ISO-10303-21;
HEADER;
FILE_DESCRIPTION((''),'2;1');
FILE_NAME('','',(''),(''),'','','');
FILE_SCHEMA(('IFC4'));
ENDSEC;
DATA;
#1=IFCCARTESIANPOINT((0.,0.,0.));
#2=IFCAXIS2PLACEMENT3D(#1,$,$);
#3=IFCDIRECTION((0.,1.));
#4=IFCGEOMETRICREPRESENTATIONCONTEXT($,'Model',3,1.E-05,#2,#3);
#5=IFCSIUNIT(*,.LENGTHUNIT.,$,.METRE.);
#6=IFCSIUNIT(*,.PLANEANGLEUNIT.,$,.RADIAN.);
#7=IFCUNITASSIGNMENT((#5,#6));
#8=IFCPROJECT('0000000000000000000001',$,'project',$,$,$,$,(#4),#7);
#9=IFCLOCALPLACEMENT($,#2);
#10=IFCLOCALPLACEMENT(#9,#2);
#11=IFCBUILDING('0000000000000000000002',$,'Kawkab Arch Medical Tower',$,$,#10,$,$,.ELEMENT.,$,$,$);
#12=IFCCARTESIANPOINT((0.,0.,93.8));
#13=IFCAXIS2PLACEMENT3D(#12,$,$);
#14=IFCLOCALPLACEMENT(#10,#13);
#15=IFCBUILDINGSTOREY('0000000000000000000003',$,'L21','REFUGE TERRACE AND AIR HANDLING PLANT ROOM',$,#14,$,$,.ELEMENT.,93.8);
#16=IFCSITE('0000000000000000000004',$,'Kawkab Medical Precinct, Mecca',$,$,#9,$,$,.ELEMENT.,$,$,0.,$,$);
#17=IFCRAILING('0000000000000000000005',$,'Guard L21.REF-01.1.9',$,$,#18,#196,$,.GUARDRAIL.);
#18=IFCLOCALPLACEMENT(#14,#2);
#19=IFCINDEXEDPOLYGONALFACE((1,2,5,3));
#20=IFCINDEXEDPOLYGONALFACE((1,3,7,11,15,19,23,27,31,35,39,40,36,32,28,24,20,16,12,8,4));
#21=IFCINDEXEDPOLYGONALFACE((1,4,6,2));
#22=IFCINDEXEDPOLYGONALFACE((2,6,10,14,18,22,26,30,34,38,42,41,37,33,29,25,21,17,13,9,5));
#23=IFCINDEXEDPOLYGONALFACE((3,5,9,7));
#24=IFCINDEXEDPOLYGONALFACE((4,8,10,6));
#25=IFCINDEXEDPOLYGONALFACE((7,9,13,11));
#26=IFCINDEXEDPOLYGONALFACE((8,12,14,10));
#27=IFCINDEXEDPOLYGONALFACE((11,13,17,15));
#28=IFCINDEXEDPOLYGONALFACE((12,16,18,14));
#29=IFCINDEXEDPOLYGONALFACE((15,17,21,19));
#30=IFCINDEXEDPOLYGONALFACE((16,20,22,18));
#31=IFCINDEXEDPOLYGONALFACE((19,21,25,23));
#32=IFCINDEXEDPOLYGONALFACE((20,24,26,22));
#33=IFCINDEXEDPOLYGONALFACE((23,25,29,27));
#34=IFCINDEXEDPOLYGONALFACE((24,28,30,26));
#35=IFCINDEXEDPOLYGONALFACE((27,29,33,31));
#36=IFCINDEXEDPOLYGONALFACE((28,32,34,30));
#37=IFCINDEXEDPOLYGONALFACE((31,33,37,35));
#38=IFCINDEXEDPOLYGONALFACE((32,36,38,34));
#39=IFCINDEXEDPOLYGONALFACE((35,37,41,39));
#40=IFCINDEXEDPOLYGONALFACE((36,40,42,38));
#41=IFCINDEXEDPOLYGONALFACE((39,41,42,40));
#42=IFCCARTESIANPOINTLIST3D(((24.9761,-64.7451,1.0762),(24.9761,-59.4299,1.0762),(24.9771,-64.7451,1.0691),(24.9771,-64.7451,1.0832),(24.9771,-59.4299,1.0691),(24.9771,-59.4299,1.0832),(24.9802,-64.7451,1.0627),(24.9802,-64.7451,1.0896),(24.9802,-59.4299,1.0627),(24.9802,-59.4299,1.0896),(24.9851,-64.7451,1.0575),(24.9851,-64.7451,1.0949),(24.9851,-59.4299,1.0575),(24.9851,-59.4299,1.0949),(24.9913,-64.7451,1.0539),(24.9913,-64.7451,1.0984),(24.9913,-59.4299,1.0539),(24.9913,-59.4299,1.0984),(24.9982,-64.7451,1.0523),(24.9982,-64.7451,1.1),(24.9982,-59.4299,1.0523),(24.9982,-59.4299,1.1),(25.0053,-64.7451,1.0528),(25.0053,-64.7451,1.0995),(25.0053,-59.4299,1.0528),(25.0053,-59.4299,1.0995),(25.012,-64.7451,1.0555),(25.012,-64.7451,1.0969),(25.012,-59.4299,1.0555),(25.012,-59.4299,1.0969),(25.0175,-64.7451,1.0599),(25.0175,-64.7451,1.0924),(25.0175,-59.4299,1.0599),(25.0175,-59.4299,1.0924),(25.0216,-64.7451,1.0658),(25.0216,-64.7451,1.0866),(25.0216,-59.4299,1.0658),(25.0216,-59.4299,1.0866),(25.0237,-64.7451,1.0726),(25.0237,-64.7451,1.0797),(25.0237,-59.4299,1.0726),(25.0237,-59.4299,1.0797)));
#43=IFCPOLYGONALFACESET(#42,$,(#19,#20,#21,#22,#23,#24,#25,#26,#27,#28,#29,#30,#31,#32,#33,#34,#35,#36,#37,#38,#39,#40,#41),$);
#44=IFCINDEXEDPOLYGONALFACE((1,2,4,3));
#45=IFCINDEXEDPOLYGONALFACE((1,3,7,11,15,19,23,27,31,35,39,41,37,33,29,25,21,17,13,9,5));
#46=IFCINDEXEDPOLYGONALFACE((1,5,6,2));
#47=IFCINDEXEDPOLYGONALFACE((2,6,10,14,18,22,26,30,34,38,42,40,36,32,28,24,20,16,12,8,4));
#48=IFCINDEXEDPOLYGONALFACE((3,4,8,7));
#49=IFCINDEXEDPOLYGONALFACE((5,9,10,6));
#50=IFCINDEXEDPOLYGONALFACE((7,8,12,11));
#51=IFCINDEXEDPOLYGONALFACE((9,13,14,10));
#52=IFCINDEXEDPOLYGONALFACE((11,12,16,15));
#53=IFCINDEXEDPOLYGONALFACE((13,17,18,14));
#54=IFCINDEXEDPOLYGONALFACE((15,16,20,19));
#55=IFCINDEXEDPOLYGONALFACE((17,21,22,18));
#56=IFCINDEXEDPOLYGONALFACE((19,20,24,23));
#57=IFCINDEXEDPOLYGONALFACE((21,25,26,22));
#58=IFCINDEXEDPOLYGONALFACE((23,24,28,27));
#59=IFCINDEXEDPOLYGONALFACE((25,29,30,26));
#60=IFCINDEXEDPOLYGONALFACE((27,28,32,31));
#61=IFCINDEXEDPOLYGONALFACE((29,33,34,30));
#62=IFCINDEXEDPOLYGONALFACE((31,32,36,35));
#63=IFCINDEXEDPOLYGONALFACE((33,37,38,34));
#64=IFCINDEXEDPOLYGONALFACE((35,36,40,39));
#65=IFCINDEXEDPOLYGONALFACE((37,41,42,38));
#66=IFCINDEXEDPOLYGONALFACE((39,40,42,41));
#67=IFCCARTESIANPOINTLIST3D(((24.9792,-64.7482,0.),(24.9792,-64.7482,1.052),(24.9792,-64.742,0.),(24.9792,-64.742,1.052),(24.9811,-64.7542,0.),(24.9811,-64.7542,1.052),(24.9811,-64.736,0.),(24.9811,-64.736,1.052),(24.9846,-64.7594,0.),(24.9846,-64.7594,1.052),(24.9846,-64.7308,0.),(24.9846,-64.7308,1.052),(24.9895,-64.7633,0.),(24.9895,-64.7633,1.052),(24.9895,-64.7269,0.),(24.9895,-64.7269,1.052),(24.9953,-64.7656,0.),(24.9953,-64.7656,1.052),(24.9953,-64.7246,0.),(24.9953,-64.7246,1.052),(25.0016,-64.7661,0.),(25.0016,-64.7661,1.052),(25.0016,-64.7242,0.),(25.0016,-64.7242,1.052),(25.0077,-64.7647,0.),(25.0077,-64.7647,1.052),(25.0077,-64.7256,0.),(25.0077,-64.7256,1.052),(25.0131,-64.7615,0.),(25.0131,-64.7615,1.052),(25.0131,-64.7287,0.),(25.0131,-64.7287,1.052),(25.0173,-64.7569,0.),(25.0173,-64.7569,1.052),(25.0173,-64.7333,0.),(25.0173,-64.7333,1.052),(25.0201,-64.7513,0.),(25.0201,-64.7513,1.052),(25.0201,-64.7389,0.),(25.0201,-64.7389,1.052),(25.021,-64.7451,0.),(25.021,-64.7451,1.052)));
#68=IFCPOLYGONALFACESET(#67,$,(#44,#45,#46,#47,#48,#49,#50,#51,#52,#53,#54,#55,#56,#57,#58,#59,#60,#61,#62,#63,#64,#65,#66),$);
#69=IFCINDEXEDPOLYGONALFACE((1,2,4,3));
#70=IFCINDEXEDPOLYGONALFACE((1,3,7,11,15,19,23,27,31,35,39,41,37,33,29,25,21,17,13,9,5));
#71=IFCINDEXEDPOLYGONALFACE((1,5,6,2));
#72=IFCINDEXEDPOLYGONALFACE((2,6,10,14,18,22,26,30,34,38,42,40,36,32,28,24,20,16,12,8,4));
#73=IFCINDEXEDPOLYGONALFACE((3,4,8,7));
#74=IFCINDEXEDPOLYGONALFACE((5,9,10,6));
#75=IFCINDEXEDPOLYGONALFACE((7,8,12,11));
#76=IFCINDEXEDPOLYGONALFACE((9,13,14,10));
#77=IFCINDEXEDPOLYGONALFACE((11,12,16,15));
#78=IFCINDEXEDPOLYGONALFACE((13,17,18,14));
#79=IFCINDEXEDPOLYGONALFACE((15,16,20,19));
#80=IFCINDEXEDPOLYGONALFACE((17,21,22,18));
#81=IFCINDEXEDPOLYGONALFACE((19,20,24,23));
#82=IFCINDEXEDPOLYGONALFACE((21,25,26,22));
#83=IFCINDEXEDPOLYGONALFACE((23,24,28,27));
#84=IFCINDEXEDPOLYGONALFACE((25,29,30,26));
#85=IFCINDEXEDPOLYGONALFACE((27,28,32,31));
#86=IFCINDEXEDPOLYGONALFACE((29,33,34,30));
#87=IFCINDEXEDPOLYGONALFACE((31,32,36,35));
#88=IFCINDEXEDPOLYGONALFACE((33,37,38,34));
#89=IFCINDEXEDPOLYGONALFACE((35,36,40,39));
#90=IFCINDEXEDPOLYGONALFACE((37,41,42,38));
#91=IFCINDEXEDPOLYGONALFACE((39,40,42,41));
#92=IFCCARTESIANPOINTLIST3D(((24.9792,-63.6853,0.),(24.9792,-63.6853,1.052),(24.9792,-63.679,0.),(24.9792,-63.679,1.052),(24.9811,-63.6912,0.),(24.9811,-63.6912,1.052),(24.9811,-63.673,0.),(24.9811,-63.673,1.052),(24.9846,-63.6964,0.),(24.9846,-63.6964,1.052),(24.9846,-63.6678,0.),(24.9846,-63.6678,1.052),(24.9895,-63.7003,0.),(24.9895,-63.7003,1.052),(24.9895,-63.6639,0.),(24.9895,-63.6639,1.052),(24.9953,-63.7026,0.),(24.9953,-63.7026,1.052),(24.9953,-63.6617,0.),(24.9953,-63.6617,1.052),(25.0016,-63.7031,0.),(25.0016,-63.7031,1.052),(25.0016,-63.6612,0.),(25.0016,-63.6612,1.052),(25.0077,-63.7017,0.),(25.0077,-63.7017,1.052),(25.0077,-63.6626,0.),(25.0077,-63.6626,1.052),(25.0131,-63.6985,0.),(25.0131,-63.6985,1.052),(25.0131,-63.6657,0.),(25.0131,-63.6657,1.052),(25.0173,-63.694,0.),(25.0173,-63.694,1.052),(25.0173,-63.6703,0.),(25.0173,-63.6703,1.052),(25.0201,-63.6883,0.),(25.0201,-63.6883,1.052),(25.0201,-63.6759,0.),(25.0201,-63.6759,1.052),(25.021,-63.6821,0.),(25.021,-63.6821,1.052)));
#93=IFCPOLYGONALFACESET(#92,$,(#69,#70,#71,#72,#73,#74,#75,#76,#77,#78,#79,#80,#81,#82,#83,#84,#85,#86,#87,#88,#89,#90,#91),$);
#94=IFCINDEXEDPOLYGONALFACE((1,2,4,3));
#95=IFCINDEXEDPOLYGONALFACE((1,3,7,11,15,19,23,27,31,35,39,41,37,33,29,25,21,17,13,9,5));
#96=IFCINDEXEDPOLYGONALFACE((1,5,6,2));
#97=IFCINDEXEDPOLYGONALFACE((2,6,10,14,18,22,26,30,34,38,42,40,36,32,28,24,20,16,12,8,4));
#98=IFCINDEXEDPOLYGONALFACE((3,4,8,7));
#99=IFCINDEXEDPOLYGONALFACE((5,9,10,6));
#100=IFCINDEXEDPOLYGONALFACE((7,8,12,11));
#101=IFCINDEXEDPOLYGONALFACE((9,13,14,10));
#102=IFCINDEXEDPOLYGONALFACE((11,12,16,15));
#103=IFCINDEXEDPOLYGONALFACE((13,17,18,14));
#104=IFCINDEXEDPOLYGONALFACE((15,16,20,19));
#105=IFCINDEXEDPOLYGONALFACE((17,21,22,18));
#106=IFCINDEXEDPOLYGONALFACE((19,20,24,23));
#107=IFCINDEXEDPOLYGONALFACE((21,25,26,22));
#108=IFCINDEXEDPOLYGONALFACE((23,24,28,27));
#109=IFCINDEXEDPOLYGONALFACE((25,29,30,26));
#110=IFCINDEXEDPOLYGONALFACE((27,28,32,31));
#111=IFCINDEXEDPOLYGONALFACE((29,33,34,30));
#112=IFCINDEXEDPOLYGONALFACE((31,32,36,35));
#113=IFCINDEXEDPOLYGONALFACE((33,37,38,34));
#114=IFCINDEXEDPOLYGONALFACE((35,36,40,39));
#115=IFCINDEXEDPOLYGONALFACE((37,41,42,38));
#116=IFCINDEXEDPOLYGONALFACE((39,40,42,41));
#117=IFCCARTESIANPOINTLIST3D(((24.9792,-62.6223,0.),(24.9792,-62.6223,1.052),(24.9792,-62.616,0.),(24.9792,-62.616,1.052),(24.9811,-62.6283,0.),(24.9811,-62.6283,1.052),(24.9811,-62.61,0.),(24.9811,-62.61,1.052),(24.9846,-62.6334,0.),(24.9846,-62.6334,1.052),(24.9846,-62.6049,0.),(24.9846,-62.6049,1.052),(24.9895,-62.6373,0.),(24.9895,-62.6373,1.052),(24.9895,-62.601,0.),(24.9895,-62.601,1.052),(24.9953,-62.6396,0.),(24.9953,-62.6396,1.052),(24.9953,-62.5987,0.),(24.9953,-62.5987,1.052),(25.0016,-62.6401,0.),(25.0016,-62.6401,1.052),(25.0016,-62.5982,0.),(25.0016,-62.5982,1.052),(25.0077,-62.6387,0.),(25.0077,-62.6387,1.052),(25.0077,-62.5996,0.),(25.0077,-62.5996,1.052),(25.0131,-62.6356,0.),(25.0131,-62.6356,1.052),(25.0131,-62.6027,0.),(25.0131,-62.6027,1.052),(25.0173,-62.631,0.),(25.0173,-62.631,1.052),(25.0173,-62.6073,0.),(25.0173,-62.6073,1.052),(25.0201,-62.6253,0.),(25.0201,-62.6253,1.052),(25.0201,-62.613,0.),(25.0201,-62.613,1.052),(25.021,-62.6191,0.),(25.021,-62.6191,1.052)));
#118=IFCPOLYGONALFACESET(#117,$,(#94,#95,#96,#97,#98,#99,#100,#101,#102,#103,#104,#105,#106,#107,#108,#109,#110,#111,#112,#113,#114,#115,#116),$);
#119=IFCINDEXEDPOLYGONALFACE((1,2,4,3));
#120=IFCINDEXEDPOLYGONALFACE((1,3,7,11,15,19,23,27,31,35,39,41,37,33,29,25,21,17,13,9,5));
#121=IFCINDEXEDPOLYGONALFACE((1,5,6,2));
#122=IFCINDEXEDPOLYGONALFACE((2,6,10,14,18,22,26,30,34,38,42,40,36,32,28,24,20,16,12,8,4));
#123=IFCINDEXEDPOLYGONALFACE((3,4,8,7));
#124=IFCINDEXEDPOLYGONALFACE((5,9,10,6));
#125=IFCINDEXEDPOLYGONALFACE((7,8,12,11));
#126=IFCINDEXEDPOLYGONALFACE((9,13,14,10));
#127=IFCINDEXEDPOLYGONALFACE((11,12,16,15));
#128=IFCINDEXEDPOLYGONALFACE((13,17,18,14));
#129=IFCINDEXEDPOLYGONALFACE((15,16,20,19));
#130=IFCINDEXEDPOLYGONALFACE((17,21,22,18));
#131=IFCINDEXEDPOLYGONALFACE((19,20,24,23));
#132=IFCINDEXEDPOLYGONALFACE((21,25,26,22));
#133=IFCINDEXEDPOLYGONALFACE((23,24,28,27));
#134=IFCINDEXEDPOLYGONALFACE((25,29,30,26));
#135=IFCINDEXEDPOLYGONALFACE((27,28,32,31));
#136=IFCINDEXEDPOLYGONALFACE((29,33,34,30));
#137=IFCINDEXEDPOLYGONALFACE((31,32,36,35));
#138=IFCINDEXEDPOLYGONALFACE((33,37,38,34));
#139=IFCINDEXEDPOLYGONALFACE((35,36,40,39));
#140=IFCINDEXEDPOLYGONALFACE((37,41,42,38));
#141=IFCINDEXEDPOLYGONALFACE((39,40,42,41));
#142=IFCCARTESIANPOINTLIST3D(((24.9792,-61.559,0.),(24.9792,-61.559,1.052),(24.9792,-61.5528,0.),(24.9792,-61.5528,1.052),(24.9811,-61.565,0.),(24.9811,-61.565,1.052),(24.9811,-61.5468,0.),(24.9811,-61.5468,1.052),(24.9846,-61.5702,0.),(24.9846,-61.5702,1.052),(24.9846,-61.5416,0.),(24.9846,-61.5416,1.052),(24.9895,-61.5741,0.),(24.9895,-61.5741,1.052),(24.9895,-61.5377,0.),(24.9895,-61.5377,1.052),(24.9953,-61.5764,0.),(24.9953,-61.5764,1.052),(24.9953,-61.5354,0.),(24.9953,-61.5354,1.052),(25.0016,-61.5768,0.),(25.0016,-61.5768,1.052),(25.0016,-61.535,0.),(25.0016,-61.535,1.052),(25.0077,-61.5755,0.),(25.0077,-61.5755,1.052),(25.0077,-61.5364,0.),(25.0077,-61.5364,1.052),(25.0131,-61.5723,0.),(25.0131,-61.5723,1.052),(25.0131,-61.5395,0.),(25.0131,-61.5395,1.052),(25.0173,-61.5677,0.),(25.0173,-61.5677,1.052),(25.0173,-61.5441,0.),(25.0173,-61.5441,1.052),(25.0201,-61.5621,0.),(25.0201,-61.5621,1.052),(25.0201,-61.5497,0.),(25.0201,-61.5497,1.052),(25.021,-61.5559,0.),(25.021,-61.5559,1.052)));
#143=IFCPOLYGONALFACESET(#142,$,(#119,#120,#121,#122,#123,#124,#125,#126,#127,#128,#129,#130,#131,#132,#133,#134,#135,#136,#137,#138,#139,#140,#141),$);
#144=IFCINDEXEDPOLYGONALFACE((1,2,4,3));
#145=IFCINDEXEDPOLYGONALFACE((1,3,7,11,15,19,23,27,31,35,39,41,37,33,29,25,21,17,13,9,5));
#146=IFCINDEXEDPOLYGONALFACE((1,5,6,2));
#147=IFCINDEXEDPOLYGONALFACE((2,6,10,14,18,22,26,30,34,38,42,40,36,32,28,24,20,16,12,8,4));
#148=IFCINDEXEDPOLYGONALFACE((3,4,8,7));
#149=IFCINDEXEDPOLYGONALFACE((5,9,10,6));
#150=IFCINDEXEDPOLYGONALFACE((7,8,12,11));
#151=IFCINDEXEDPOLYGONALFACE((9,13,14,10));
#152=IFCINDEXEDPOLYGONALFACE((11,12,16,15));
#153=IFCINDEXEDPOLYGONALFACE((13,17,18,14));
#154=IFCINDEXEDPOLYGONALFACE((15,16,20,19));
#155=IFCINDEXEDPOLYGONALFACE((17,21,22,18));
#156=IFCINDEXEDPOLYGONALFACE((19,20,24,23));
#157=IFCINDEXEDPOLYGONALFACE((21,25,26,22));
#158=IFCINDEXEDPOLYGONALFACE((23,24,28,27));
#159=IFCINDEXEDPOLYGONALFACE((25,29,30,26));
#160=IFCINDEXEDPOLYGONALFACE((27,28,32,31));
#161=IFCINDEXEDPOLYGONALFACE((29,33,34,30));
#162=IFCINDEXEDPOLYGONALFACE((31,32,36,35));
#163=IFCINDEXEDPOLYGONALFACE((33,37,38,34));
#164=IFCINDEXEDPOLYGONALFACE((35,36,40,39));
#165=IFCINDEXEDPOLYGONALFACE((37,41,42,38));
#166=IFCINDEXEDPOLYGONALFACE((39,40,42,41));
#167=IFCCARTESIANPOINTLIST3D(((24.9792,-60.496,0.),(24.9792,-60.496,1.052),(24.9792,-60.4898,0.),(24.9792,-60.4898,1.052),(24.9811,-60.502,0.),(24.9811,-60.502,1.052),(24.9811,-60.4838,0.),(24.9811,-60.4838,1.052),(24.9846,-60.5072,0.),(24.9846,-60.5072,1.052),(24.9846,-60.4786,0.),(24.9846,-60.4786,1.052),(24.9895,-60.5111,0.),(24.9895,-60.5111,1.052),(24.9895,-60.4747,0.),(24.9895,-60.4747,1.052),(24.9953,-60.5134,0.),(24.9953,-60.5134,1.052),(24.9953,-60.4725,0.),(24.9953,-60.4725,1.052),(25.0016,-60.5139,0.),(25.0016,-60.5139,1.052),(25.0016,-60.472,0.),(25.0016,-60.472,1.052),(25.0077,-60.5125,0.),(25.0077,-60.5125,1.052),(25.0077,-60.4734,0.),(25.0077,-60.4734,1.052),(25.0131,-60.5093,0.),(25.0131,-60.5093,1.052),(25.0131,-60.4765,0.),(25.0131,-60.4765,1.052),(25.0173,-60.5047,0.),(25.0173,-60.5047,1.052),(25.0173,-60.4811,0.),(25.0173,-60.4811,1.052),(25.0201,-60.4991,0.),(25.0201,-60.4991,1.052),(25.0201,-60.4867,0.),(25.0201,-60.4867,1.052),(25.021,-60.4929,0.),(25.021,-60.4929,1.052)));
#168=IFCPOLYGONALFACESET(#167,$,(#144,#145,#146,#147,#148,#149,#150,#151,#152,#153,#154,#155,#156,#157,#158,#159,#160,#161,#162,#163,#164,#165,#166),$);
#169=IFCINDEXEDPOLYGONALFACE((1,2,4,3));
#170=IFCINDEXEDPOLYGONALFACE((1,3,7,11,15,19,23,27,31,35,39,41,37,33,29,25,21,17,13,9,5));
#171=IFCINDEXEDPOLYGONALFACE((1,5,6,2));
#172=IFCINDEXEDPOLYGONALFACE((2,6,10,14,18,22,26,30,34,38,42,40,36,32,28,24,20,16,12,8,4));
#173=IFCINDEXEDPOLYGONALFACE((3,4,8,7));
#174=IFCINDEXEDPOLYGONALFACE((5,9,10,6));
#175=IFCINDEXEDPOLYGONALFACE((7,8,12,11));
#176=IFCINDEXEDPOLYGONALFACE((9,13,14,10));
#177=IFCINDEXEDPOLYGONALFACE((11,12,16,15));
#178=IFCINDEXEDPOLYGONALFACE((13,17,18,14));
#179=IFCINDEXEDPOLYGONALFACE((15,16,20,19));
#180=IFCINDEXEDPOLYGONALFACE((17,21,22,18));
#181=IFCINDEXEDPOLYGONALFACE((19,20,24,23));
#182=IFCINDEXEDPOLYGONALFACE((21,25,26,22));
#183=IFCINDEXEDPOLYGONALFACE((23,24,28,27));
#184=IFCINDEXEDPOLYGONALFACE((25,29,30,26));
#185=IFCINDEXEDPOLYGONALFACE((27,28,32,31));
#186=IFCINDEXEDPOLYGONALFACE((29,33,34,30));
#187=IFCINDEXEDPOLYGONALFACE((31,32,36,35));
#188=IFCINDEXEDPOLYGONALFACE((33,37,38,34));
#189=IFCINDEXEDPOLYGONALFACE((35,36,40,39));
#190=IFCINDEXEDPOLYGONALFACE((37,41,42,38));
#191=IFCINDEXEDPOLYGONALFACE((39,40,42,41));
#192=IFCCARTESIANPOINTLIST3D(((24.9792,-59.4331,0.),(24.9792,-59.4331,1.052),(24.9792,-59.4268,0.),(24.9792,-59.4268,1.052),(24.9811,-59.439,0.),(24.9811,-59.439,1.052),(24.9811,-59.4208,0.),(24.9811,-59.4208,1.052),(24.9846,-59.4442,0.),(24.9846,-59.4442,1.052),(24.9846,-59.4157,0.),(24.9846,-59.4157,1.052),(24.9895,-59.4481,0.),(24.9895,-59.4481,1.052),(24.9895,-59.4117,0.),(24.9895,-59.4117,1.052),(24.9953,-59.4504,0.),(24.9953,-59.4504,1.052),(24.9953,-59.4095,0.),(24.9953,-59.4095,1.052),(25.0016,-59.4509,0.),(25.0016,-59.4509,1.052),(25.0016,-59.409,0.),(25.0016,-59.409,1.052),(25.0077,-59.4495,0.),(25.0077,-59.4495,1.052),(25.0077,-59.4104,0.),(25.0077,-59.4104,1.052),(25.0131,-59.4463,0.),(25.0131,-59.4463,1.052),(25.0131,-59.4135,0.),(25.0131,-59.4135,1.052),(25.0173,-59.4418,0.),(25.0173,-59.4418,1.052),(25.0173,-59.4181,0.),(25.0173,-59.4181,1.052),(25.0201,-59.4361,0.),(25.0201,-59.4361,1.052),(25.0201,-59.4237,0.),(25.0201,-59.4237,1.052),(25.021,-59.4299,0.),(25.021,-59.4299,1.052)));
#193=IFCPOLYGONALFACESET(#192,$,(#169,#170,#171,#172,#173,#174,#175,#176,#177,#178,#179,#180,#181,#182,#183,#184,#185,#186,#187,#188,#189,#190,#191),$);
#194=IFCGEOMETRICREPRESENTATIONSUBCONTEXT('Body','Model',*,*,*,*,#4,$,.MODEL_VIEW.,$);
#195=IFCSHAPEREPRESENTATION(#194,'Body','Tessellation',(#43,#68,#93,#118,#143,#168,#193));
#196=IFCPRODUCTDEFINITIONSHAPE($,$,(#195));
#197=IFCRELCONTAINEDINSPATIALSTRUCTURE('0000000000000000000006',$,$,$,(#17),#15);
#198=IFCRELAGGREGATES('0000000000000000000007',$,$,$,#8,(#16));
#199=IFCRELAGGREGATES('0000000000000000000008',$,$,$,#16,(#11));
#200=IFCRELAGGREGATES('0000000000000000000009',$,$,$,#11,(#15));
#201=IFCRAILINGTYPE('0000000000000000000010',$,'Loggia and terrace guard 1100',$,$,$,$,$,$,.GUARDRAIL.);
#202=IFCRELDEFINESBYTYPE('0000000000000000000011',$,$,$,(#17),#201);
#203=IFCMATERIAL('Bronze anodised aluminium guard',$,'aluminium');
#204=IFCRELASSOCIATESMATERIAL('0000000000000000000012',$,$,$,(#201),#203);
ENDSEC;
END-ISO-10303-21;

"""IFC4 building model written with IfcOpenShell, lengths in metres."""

from ifc_helpers import new_model, si_unit, direction, frame, origin, origin_2d, place, context, subcontext, project, spatial, circle, extrude, material, type_object, element, save


model = new_model("IFC4")

# Units and contexts
model_context = context("Model", 3, precision=1e-05, world=origin(), true_north=direction((0.0, 1.0)))
body_context = subcontext(model_context, "Body", "Model", "MODEL_VIEW")
ifc_project = project(units=[si_unit("LENGTHUNIT", "METRE"), si_unit("PLANEANGLEUNIT", "RADIAN")], contexts=[model_context])

# Site, building, storey
site_placement = place(None, origin())
site = spatial("IfcSite", under=ifc_project, at=site_placement, Name="Kawkab Medical Precinct, Mecca", CompositionType="ELEMENT", RefElevation=0.0)
building_placement = place(site_placement, origin())
building = spatial("IfcBuilding", under=site, at=building_placement, Name="Kawkab Arch Medical Tower", CompositionType="ELEMENT")
storey_placement = place(building_placement, frame((0.0, 0.0, 93.8)))
storey = spatial("IfcBuildingStorey", under=building, at=storey_placement, Name="L21", Description="REFUGE TERRACE AND AIR HANDLING PLANT ROOM", CompositionType="ELEMENT", Elevation=93.8)

# Railing
ifc_material_1 = material(Name="Bronze anodised aluminium guard", Category="aluminium")
railing_type = type_object("IfcRailingType", Name="Loggia and terrace guard 1100", PredefinedType="GUARDRAIL", material=ifc_material_1)
railing_1_placement = place(storey_placement, frame((25.0, -64.7451, 0.0)))
element("IfcRailing", 1, at=railing_1_placement, inside=storey, type_object=railing_type, Name="Guard L21.REF-01.1.9", PredefinedType="GUARDRAIL", context=body_context, shape_type="SweptSolid", body=[
    extrude(circle(Radius=0.0239, at=origin_2d()), frame((0.0, 0.0, 1.0762), z_axis=(0.0, 1.0, 0.0), x_axis=(-1.0, 0.0, 0.0)), (0.0, 0.0, 1.0), 5.3152),
    extrude(circle(Radius=0.021, at=origin_2d()), origin(), (0.0, 0.0, 1.0), 1.052),
    extrude(circle(Radius=0.021, at=origin_2d()), frame((0.0, 1.063, 0.0)), (0.0, 0.0, 1.0), 1.052),
    extrude(circle(Radius=0.021, at=origin_2d()), frame((0.0, 2.126, 0.0)), (0.0, 0.0, 1.0), 1.052),
    extrude(circle(Radius=0.021, at=origin_2d()), frame((0.0, 3.1892, 0.0)), (0.0, 0.0, 1.0), 1.052),
    extrude(circle(Radius=0.021, at=origin_2d()), frame((0.0, 4.2522, 0.0)), (0.0, 0.0, 1.0), 1.052),
    extrude(circle(Radius=0.021, at=origin_2d()), frame((0.0, 5.3152, 0.0)), (0.0, 0.0, 1.0), 1.052),
])

save(model, "model.ifc")
